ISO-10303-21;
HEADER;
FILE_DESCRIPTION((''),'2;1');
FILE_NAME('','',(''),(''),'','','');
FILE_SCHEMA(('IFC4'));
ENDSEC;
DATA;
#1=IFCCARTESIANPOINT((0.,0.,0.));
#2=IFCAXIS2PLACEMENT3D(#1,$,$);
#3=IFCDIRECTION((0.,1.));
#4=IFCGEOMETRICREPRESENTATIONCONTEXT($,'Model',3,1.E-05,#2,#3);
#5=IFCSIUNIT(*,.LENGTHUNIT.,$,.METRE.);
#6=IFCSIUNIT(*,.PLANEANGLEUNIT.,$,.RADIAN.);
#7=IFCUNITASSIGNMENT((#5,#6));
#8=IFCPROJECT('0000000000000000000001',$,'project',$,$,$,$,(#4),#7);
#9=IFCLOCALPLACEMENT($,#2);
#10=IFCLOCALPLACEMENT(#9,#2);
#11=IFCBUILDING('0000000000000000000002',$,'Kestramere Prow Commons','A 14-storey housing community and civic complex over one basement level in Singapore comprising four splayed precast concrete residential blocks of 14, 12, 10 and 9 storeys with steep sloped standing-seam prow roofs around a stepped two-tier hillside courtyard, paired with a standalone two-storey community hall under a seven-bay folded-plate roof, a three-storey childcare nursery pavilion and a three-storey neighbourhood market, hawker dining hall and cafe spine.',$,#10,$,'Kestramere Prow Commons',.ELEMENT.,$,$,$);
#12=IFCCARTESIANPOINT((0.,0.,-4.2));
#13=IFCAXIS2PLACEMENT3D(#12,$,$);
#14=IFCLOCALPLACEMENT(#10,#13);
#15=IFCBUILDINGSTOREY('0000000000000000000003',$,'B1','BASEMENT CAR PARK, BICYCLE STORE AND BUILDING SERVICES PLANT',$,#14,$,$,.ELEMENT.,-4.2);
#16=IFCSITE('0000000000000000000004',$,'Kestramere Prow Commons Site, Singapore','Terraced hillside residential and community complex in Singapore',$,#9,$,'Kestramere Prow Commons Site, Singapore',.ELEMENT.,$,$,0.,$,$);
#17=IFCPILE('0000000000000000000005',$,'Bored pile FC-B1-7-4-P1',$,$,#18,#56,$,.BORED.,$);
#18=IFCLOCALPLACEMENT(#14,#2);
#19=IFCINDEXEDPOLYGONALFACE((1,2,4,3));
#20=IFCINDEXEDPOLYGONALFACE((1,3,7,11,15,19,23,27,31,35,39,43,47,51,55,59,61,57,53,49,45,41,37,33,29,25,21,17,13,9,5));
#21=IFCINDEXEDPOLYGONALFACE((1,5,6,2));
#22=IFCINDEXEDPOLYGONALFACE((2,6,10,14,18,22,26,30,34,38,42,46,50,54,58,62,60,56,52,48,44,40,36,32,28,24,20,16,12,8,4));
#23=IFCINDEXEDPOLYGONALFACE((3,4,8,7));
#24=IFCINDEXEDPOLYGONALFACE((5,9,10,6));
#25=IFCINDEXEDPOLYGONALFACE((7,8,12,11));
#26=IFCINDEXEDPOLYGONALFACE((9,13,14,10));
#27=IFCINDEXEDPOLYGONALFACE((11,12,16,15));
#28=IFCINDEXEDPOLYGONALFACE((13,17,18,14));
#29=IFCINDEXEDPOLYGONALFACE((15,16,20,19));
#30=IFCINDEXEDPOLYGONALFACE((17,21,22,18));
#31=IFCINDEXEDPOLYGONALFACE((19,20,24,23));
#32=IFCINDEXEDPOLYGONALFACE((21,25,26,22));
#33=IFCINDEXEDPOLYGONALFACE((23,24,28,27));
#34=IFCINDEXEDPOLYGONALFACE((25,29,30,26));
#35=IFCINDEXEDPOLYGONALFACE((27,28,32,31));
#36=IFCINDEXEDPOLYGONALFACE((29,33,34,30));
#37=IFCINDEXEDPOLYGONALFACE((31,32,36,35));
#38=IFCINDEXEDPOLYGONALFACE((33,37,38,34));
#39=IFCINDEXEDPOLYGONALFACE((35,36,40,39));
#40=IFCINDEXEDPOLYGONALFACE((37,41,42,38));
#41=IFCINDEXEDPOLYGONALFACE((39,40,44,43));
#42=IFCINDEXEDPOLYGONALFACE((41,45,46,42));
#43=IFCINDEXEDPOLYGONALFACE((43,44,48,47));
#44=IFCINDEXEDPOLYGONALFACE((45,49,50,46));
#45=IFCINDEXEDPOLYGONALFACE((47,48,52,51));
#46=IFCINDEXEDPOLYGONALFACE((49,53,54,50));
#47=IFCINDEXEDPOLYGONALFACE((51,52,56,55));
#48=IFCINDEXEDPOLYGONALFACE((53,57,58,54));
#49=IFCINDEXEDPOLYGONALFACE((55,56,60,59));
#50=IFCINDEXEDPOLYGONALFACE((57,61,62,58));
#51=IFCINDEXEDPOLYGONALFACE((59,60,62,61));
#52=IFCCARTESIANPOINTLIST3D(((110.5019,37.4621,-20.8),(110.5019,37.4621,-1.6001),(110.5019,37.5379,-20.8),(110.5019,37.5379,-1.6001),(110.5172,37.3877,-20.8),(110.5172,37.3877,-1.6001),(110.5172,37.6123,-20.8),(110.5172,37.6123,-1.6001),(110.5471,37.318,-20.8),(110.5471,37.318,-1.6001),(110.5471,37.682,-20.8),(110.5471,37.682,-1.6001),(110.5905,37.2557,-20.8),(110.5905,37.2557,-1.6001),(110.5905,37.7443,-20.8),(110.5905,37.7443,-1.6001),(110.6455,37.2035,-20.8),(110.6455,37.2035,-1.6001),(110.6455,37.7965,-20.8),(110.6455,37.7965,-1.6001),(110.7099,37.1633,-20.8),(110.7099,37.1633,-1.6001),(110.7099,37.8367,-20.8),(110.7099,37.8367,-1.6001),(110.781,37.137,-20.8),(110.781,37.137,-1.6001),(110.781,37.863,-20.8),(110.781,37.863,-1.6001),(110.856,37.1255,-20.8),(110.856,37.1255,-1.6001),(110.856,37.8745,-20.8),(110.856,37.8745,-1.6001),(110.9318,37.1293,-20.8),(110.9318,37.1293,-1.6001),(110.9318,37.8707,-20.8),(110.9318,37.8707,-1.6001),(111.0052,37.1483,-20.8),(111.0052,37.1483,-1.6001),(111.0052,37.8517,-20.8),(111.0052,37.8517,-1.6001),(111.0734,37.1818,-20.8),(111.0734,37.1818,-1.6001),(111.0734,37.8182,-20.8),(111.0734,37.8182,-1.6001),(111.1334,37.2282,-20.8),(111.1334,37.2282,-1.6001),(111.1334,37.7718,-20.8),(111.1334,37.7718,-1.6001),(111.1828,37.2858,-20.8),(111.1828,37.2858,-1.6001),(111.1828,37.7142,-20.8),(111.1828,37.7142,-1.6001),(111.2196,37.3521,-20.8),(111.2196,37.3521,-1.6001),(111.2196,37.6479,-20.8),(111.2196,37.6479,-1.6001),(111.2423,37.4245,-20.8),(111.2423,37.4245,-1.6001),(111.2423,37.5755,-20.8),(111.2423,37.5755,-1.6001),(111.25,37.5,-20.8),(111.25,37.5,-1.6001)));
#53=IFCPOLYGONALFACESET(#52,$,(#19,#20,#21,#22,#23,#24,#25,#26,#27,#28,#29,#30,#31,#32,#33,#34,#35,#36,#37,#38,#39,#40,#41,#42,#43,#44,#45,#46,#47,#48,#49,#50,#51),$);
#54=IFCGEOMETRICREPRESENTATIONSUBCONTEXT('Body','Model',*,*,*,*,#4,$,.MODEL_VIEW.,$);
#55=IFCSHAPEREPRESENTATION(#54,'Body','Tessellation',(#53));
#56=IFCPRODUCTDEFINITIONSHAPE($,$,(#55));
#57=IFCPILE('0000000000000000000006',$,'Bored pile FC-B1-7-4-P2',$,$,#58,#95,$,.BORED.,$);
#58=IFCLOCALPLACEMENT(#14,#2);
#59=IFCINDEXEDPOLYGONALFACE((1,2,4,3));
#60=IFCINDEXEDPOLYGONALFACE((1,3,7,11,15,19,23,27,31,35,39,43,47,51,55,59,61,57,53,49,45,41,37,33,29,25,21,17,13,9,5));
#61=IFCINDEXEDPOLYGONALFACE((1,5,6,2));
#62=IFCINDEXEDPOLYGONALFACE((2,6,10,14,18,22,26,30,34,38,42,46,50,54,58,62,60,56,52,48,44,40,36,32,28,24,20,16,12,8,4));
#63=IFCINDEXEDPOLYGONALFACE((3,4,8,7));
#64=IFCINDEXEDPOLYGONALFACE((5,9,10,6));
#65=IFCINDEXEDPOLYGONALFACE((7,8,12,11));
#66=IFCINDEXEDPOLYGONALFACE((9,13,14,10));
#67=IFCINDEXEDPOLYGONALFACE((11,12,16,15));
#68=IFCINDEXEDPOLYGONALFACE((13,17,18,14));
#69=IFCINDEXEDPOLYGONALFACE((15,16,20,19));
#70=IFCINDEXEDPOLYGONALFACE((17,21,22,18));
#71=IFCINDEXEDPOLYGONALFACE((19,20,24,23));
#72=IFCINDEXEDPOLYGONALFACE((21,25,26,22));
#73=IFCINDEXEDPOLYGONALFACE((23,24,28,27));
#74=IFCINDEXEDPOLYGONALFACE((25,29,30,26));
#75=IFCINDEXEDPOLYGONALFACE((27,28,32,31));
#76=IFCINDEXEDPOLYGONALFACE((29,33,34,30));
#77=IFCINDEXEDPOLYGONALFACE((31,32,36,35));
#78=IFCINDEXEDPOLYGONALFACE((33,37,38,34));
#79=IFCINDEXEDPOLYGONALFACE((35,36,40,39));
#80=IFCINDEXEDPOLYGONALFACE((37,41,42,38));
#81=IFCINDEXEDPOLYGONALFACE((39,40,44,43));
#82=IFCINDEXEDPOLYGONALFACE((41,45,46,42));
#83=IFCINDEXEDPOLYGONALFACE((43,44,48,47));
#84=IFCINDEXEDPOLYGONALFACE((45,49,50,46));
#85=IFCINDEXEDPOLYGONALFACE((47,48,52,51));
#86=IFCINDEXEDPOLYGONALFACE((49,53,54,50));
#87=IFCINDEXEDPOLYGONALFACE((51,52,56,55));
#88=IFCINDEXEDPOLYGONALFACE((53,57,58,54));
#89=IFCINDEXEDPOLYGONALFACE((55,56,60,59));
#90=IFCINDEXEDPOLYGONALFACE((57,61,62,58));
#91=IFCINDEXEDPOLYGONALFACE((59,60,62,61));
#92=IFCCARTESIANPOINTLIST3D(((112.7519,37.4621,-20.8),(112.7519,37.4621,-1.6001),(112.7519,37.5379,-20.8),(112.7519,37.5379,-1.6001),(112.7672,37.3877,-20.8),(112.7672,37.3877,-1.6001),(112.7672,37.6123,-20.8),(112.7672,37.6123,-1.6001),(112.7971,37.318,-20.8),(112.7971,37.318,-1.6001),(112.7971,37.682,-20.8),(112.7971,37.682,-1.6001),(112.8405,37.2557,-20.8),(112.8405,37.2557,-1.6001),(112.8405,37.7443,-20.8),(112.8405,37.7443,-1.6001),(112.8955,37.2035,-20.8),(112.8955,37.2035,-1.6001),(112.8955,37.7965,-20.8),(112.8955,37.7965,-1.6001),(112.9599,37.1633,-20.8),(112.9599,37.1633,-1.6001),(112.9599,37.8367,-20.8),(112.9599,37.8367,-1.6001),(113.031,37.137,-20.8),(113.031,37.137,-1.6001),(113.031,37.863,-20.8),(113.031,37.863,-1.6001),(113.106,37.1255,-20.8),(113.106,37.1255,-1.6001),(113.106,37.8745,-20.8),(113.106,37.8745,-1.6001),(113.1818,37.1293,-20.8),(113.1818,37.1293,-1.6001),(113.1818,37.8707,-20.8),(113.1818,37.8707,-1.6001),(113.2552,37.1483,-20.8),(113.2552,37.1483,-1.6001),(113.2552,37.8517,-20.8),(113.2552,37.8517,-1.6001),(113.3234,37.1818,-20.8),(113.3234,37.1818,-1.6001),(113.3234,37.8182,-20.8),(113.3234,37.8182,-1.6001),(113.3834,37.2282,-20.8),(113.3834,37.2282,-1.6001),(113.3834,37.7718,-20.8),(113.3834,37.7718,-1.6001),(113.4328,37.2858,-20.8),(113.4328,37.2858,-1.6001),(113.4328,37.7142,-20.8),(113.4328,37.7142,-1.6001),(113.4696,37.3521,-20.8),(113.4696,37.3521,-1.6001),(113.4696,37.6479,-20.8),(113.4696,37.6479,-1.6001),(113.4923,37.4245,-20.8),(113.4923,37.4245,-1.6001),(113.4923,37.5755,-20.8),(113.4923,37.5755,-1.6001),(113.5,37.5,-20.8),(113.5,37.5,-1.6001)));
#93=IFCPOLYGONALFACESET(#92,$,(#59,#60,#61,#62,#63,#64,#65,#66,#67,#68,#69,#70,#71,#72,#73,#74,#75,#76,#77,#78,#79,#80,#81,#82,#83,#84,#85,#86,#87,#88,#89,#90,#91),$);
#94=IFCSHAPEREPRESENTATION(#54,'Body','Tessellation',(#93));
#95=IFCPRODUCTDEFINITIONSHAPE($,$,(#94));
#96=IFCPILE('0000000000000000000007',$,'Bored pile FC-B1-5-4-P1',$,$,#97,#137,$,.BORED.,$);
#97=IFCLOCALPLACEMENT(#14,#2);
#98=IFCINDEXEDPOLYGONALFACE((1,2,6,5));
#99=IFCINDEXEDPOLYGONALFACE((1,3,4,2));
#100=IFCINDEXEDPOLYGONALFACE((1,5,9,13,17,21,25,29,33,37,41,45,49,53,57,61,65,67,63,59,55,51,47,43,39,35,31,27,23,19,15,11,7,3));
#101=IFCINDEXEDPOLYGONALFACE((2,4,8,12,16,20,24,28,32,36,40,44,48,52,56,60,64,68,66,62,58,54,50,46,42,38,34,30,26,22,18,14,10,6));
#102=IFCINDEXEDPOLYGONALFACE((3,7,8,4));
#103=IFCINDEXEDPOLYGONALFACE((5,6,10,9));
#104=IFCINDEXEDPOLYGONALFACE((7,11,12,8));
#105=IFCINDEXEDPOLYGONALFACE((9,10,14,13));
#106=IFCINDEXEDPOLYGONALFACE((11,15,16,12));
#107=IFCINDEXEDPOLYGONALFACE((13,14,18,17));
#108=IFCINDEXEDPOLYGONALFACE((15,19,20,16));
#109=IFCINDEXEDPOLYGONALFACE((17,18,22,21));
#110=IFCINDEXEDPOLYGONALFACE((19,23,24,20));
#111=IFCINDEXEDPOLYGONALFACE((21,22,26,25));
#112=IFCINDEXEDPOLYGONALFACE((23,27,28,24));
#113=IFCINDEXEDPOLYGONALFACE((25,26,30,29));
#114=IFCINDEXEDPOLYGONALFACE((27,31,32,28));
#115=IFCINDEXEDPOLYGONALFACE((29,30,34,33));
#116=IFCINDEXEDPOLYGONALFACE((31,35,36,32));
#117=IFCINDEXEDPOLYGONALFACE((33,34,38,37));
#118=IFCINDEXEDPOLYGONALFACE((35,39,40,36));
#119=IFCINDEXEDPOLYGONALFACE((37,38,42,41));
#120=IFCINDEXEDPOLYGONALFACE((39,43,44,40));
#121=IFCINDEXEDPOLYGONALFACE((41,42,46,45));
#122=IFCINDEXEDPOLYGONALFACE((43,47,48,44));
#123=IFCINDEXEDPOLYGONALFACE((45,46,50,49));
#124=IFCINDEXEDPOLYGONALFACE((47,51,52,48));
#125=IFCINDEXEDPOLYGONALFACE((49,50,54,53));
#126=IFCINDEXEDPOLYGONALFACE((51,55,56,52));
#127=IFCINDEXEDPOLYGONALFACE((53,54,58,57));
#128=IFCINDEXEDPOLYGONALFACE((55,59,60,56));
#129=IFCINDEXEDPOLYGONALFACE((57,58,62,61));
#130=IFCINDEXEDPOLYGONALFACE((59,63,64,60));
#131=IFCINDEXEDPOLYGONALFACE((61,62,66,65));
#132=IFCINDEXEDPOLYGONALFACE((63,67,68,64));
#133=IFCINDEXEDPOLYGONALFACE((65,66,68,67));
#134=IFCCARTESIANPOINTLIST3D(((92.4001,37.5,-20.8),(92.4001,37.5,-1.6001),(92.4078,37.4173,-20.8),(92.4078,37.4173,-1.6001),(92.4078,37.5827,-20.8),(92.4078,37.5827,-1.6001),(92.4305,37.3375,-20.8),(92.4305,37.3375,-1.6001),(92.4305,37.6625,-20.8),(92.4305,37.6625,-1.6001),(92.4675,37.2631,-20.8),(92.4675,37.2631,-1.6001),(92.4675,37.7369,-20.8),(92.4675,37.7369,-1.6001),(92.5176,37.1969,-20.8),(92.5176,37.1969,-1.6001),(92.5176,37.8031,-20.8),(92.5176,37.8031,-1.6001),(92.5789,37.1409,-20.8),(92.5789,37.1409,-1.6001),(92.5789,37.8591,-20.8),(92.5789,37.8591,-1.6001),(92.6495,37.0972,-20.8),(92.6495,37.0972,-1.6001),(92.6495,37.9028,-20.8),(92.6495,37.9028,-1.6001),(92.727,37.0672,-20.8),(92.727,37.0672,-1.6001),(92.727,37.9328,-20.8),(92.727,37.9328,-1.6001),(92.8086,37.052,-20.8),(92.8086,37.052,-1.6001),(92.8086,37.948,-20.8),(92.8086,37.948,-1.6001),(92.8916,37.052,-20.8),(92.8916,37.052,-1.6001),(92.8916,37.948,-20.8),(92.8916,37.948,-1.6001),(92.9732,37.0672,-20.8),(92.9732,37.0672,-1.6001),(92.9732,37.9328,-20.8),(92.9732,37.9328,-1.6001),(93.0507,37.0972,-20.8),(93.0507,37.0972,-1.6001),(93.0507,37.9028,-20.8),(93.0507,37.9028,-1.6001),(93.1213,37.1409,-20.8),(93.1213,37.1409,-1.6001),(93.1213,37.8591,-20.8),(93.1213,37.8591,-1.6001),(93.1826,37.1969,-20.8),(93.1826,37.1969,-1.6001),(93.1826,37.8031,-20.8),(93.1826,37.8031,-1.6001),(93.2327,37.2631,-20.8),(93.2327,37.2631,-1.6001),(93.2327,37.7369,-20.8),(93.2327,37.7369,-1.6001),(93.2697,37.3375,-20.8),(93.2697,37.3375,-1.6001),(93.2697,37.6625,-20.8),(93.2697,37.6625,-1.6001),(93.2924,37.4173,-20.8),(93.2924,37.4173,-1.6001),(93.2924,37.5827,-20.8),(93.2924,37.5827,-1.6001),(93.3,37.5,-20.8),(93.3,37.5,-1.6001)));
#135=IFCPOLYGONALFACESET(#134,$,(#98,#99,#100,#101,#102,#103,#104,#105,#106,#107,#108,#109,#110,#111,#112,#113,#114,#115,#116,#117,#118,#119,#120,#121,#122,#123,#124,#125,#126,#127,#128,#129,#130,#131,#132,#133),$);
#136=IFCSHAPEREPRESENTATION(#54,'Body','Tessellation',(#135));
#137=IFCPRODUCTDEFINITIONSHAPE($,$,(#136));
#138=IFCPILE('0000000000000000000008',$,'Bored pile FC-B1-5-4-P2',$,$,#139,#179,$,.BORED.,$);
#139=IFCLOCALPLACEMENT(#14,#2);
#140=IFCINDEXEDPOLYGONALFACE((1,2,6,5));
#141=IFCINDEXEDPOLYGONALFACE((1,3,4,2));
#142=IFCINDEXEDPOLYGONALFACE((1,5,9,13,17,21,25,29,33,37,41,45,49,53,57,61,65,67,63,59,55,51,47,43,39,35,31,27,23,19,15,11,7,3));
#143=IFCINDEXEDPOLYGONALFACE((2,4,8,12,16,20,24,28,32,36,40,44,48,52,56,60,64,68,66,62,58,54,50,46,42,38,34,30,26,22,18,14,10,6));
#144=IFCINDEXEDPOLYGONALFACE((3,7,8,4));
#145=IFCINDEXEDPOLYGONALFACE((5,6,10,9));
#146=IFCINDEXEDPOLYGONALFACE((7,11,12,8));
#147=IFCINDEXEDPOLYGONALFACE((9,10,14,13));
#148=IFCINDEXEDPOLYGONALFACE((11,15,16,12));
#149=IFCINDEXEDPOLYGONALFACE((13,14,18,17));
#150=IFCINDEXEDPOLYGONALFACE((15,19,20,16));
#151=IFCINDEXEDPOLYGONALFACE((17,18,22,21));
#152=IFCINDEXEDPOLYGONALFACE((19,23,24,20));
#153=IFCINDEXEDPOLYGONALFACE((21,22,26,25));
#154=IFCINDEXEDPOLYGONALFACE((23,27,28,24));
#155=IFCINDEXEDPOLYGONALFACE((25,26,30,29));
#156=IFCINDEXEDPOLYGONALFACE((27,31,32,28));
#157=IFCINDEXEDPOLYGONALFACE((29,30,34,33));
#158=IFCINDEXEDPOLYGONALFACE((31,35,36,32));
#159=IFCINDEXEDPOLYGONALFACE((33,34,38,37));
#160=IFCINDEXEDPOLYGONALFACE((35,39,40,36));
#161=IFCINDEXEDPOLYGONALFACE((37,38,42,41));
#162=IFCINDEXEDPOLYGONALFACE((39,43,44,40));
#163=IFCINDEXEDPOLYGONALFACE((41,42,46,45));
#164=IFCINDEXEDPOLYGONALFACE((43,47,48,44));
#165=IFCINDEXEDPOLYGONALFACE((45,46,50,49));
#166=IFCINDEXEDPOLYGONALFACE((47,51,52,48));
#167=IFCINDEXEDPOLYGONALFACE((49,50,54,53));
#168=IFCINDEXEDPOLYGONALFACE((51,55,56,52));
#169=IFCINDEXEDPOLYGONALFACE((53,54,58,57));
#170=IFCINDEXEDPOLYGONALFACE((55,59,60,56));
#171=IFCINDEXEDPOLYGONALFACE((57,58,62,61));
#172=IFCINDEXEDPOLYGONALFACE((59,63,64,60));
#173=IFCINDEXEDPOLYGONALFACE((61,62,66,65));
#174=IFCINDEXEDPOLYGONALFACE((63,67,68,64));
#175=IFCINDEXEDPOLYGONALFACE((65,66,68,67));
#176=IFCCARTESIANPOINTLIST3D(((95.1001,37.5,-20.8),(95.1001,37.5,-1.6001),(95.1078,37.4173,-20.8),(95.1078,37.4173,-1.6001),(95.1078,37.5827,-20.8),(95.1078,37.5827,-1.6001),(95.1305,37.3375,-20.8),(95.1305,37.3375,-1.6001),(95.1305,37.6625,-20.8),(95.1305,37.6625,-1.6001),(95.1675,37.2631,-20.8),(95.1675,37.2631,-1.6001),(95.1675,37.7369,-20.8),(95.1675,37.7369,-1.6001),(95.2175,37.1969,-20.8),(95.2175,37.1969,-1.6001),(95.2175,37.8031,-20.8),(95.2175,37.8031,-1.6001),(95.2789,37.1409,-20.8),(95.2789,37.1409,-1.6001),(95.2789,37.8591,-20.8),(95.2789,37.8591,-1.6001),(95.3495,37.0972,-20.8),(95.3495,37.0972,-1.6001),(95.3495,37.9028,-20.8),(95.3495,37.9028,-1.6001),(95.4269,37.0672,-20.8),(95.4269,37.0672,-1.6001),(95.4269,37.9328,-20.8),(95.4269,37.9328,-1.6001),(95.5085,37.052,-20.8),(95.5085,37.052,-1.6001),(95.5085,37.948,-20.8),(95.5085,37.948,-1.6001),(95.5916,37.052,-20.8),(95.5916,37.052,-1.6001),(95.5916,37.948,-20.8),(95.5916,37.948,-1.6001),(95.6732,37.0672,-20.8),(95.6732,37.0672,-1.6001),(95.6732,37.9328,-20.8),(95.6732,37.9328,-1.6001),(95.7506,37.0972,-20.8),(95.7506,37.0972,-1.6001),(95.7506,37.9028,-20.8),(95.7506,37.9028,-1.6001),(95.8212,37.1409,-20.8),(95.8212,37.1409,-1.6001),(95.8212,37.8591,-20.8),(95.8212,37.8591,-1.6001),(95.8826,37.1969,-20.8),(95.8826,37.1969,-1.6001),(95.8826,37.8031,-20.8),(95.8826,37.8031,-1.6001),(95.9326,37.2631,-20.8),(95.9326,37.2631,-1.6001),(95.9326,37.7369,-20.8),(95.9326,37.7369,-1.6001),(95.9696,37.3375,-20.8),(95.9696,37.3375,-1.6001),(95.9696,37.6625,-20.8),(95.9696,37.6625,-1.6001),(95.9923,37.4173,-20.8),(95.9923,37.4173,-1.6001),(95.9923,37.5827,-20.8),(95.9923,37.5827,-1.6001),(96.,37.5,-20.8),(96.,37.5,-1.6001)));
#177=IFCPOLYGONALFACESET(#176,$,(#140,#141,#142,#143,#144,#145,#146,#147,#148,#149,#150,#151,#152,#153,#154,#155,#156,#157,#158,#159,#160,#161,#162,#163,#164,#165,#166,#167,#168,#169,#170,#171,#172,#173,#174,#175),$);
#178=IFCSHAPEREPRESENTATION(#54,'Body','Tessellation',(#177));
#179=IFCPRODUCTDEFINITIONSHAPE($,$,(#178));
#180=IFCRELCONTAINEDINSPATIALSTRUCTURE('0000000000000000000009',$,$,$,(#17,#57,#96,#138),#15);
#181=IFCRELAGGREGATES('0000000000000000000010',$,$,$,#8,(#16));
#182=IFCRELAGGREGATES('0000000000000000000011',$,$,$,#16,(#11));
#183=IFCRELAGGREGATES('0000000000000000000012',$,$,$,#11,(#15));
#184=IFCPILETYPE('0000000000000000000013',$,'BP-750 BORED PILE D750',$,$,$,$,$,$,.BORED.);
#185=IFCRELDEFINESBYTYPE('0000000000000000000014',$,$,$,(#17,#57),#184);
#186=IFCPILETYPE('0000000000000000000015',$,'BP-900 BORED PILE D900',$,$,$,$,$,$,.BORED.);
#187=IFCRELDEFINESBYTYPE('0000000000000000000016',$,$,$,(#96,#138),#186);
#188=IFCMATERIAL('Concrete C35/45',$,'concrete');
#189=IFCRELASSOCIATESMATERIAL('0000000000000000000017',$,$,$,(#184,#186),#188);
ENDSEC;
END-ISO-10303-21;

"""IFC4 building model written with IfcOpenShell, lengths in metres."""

from ifc_helpers import new_model, si_unit, direction, frame, origin, origin_2d, place, context, subcontext, project, spatial, circle, extrude, material, material_profile, profile_set, type_object, element, save


model = new_model("IFC4")

# Units and contexts
model_context = context("Model", 3, precision=1e-05, world=origin(), true_north=direction((0.0, 1.0)))
body_context = subcontext(model_context, "Body", "Model", "MODEL_VIEW")
ifc_project = project(units=[si_unit("LENGTHUNIT", "METRE"), si_unit("PLANEANGLEUNIT", "RADIAN")], contexts=[model_context])

# Site, building, storey
site_placement = place(None, origin())
site = spatial("IfcSite", under=ifc_project, at=site_placement, Name="Kestramere Prow Commons Site, Singapore", Description="Terraced hillside residential and community complex in Singapore", LongName="Kestramere Prow Commons Site, Singapore", CompositionType="ELEMENT", RefElevation=0.0)
building_placement = place(site_placement, origin())
building = spatial("IfcBuilding", under=site, at=building_placement, Name="Kestramere Prow Commons", Description="A 14-storey housing community and civic complex over one basement level in Singapore comprising four splayed precast concrete residential blocks of 14, 12, 10 and 9 storeys with steep sloped standing-seam prow roofs around a stepped two-tier hillside courtyard, paired with a standalone two-storey community hall under a seven-bay folded-plate roof, a three-storey childcare nursery pavilion and a three-storey neighbourhood market, hawker dining hall and cafe spine.", LongName="Kestramere Prow Commons", CompositionType="ELEMENT")
storey_placement = place(building_placement, frame((0.0, 0.0, -4.2)))
storey = spatial("IfcBuildingStorey", under=building, at=storey_placement, Name="B1", Description="BASEMENT CAR PARK, BICYCLE STORE AND BUILDING SERVICES PLANT", CompositionType="ELEMENT", Elevation=-4.2)

# Piles
ifc_material = material(Name="Concrete C35/45", Category="concrete")
ifc_material_profile_1 = material_profile(ifc_material, circle(Radius=0.375, at=origin_2d()), Name="BORED PILE D750")
ifc_profile_set_1 = profile_set([ifc_material_profile_1], Name="Concrete C35/45")
pile_type_1 = type_object("IfcPileType", Name="BP-750 BORED PILE D750", PredefinedType="BORED", material=ifc_profile_set_1)
for number, where, z_axis, x_axis, name in (
    (1, (110.875, 37.5, -1.6001), (0.0, 0.0, -1.0), (1.0, 0.0, 0.0), "Bored pile FC-B1-7-4-P1"),
    (2, (113.125, 37.5, -1.6001), (0.0, 0.0, -1.0), (1.0, 0.0, 0.0), "Bored pile FC-B1-7-4-P2"),
):
    element("IfcPile", number, at=place(storey_placement, frame(where, z_axis=z_axis, x_axis=x_axis)), inside=storey, type_object=pile_type_1, Name=name, PredefinedType="BORED", context=body_context, shape_type="SweptSolid", body=[
        extrude(circle(Radius=0.375, at=origin_2d()), origin(), (0.0, 0.0, 1.0), 19.2),
    ])
ifc_material_profile_2 = material_profile(ifc_material, circle(Radius=0.45, at=origin_2d()), Name="BORED PILE D900")
ifc_profile_set_2 = profile_set([ifc_material_profile_2], Name="Concrete C35/45")
pile_type_2 = type_object("IfcPileType", Name="BP-900 BORED PILE D900", PredefinedType="BORED", material=ifc_profile_set_2)
for number, where, z_axis, x_axis, name in (
    (3, (92.8501, 37.5, -1.6001), (0.0, 0.0, -1.0), (1.0, 0.0, 0.0), "Bored pile FC-B1-5-4-P1"),
    (4, (95.55, 37.5, -1.6001), (0.0, 0.0, -1.0), (1.0, 0.0, 0.0), "Bored pile FC-B1-5-4-P2"),
):
    element("IfcPile", number, at=place(storey_placement, frame(where, z_axis=z_axis, x_axis=x_axis)), inside=storey, type_object=pile_type_2, Name=name, PredefinedType="BORED", context=body_context, shape_type="SweptSolid", body=[
        extrude(circle(Radius=0.45, at=origin_2d()), origin(), (0.0, 0.0, 1.0), 19.2),
    ])

save(model, "model.ifc")
